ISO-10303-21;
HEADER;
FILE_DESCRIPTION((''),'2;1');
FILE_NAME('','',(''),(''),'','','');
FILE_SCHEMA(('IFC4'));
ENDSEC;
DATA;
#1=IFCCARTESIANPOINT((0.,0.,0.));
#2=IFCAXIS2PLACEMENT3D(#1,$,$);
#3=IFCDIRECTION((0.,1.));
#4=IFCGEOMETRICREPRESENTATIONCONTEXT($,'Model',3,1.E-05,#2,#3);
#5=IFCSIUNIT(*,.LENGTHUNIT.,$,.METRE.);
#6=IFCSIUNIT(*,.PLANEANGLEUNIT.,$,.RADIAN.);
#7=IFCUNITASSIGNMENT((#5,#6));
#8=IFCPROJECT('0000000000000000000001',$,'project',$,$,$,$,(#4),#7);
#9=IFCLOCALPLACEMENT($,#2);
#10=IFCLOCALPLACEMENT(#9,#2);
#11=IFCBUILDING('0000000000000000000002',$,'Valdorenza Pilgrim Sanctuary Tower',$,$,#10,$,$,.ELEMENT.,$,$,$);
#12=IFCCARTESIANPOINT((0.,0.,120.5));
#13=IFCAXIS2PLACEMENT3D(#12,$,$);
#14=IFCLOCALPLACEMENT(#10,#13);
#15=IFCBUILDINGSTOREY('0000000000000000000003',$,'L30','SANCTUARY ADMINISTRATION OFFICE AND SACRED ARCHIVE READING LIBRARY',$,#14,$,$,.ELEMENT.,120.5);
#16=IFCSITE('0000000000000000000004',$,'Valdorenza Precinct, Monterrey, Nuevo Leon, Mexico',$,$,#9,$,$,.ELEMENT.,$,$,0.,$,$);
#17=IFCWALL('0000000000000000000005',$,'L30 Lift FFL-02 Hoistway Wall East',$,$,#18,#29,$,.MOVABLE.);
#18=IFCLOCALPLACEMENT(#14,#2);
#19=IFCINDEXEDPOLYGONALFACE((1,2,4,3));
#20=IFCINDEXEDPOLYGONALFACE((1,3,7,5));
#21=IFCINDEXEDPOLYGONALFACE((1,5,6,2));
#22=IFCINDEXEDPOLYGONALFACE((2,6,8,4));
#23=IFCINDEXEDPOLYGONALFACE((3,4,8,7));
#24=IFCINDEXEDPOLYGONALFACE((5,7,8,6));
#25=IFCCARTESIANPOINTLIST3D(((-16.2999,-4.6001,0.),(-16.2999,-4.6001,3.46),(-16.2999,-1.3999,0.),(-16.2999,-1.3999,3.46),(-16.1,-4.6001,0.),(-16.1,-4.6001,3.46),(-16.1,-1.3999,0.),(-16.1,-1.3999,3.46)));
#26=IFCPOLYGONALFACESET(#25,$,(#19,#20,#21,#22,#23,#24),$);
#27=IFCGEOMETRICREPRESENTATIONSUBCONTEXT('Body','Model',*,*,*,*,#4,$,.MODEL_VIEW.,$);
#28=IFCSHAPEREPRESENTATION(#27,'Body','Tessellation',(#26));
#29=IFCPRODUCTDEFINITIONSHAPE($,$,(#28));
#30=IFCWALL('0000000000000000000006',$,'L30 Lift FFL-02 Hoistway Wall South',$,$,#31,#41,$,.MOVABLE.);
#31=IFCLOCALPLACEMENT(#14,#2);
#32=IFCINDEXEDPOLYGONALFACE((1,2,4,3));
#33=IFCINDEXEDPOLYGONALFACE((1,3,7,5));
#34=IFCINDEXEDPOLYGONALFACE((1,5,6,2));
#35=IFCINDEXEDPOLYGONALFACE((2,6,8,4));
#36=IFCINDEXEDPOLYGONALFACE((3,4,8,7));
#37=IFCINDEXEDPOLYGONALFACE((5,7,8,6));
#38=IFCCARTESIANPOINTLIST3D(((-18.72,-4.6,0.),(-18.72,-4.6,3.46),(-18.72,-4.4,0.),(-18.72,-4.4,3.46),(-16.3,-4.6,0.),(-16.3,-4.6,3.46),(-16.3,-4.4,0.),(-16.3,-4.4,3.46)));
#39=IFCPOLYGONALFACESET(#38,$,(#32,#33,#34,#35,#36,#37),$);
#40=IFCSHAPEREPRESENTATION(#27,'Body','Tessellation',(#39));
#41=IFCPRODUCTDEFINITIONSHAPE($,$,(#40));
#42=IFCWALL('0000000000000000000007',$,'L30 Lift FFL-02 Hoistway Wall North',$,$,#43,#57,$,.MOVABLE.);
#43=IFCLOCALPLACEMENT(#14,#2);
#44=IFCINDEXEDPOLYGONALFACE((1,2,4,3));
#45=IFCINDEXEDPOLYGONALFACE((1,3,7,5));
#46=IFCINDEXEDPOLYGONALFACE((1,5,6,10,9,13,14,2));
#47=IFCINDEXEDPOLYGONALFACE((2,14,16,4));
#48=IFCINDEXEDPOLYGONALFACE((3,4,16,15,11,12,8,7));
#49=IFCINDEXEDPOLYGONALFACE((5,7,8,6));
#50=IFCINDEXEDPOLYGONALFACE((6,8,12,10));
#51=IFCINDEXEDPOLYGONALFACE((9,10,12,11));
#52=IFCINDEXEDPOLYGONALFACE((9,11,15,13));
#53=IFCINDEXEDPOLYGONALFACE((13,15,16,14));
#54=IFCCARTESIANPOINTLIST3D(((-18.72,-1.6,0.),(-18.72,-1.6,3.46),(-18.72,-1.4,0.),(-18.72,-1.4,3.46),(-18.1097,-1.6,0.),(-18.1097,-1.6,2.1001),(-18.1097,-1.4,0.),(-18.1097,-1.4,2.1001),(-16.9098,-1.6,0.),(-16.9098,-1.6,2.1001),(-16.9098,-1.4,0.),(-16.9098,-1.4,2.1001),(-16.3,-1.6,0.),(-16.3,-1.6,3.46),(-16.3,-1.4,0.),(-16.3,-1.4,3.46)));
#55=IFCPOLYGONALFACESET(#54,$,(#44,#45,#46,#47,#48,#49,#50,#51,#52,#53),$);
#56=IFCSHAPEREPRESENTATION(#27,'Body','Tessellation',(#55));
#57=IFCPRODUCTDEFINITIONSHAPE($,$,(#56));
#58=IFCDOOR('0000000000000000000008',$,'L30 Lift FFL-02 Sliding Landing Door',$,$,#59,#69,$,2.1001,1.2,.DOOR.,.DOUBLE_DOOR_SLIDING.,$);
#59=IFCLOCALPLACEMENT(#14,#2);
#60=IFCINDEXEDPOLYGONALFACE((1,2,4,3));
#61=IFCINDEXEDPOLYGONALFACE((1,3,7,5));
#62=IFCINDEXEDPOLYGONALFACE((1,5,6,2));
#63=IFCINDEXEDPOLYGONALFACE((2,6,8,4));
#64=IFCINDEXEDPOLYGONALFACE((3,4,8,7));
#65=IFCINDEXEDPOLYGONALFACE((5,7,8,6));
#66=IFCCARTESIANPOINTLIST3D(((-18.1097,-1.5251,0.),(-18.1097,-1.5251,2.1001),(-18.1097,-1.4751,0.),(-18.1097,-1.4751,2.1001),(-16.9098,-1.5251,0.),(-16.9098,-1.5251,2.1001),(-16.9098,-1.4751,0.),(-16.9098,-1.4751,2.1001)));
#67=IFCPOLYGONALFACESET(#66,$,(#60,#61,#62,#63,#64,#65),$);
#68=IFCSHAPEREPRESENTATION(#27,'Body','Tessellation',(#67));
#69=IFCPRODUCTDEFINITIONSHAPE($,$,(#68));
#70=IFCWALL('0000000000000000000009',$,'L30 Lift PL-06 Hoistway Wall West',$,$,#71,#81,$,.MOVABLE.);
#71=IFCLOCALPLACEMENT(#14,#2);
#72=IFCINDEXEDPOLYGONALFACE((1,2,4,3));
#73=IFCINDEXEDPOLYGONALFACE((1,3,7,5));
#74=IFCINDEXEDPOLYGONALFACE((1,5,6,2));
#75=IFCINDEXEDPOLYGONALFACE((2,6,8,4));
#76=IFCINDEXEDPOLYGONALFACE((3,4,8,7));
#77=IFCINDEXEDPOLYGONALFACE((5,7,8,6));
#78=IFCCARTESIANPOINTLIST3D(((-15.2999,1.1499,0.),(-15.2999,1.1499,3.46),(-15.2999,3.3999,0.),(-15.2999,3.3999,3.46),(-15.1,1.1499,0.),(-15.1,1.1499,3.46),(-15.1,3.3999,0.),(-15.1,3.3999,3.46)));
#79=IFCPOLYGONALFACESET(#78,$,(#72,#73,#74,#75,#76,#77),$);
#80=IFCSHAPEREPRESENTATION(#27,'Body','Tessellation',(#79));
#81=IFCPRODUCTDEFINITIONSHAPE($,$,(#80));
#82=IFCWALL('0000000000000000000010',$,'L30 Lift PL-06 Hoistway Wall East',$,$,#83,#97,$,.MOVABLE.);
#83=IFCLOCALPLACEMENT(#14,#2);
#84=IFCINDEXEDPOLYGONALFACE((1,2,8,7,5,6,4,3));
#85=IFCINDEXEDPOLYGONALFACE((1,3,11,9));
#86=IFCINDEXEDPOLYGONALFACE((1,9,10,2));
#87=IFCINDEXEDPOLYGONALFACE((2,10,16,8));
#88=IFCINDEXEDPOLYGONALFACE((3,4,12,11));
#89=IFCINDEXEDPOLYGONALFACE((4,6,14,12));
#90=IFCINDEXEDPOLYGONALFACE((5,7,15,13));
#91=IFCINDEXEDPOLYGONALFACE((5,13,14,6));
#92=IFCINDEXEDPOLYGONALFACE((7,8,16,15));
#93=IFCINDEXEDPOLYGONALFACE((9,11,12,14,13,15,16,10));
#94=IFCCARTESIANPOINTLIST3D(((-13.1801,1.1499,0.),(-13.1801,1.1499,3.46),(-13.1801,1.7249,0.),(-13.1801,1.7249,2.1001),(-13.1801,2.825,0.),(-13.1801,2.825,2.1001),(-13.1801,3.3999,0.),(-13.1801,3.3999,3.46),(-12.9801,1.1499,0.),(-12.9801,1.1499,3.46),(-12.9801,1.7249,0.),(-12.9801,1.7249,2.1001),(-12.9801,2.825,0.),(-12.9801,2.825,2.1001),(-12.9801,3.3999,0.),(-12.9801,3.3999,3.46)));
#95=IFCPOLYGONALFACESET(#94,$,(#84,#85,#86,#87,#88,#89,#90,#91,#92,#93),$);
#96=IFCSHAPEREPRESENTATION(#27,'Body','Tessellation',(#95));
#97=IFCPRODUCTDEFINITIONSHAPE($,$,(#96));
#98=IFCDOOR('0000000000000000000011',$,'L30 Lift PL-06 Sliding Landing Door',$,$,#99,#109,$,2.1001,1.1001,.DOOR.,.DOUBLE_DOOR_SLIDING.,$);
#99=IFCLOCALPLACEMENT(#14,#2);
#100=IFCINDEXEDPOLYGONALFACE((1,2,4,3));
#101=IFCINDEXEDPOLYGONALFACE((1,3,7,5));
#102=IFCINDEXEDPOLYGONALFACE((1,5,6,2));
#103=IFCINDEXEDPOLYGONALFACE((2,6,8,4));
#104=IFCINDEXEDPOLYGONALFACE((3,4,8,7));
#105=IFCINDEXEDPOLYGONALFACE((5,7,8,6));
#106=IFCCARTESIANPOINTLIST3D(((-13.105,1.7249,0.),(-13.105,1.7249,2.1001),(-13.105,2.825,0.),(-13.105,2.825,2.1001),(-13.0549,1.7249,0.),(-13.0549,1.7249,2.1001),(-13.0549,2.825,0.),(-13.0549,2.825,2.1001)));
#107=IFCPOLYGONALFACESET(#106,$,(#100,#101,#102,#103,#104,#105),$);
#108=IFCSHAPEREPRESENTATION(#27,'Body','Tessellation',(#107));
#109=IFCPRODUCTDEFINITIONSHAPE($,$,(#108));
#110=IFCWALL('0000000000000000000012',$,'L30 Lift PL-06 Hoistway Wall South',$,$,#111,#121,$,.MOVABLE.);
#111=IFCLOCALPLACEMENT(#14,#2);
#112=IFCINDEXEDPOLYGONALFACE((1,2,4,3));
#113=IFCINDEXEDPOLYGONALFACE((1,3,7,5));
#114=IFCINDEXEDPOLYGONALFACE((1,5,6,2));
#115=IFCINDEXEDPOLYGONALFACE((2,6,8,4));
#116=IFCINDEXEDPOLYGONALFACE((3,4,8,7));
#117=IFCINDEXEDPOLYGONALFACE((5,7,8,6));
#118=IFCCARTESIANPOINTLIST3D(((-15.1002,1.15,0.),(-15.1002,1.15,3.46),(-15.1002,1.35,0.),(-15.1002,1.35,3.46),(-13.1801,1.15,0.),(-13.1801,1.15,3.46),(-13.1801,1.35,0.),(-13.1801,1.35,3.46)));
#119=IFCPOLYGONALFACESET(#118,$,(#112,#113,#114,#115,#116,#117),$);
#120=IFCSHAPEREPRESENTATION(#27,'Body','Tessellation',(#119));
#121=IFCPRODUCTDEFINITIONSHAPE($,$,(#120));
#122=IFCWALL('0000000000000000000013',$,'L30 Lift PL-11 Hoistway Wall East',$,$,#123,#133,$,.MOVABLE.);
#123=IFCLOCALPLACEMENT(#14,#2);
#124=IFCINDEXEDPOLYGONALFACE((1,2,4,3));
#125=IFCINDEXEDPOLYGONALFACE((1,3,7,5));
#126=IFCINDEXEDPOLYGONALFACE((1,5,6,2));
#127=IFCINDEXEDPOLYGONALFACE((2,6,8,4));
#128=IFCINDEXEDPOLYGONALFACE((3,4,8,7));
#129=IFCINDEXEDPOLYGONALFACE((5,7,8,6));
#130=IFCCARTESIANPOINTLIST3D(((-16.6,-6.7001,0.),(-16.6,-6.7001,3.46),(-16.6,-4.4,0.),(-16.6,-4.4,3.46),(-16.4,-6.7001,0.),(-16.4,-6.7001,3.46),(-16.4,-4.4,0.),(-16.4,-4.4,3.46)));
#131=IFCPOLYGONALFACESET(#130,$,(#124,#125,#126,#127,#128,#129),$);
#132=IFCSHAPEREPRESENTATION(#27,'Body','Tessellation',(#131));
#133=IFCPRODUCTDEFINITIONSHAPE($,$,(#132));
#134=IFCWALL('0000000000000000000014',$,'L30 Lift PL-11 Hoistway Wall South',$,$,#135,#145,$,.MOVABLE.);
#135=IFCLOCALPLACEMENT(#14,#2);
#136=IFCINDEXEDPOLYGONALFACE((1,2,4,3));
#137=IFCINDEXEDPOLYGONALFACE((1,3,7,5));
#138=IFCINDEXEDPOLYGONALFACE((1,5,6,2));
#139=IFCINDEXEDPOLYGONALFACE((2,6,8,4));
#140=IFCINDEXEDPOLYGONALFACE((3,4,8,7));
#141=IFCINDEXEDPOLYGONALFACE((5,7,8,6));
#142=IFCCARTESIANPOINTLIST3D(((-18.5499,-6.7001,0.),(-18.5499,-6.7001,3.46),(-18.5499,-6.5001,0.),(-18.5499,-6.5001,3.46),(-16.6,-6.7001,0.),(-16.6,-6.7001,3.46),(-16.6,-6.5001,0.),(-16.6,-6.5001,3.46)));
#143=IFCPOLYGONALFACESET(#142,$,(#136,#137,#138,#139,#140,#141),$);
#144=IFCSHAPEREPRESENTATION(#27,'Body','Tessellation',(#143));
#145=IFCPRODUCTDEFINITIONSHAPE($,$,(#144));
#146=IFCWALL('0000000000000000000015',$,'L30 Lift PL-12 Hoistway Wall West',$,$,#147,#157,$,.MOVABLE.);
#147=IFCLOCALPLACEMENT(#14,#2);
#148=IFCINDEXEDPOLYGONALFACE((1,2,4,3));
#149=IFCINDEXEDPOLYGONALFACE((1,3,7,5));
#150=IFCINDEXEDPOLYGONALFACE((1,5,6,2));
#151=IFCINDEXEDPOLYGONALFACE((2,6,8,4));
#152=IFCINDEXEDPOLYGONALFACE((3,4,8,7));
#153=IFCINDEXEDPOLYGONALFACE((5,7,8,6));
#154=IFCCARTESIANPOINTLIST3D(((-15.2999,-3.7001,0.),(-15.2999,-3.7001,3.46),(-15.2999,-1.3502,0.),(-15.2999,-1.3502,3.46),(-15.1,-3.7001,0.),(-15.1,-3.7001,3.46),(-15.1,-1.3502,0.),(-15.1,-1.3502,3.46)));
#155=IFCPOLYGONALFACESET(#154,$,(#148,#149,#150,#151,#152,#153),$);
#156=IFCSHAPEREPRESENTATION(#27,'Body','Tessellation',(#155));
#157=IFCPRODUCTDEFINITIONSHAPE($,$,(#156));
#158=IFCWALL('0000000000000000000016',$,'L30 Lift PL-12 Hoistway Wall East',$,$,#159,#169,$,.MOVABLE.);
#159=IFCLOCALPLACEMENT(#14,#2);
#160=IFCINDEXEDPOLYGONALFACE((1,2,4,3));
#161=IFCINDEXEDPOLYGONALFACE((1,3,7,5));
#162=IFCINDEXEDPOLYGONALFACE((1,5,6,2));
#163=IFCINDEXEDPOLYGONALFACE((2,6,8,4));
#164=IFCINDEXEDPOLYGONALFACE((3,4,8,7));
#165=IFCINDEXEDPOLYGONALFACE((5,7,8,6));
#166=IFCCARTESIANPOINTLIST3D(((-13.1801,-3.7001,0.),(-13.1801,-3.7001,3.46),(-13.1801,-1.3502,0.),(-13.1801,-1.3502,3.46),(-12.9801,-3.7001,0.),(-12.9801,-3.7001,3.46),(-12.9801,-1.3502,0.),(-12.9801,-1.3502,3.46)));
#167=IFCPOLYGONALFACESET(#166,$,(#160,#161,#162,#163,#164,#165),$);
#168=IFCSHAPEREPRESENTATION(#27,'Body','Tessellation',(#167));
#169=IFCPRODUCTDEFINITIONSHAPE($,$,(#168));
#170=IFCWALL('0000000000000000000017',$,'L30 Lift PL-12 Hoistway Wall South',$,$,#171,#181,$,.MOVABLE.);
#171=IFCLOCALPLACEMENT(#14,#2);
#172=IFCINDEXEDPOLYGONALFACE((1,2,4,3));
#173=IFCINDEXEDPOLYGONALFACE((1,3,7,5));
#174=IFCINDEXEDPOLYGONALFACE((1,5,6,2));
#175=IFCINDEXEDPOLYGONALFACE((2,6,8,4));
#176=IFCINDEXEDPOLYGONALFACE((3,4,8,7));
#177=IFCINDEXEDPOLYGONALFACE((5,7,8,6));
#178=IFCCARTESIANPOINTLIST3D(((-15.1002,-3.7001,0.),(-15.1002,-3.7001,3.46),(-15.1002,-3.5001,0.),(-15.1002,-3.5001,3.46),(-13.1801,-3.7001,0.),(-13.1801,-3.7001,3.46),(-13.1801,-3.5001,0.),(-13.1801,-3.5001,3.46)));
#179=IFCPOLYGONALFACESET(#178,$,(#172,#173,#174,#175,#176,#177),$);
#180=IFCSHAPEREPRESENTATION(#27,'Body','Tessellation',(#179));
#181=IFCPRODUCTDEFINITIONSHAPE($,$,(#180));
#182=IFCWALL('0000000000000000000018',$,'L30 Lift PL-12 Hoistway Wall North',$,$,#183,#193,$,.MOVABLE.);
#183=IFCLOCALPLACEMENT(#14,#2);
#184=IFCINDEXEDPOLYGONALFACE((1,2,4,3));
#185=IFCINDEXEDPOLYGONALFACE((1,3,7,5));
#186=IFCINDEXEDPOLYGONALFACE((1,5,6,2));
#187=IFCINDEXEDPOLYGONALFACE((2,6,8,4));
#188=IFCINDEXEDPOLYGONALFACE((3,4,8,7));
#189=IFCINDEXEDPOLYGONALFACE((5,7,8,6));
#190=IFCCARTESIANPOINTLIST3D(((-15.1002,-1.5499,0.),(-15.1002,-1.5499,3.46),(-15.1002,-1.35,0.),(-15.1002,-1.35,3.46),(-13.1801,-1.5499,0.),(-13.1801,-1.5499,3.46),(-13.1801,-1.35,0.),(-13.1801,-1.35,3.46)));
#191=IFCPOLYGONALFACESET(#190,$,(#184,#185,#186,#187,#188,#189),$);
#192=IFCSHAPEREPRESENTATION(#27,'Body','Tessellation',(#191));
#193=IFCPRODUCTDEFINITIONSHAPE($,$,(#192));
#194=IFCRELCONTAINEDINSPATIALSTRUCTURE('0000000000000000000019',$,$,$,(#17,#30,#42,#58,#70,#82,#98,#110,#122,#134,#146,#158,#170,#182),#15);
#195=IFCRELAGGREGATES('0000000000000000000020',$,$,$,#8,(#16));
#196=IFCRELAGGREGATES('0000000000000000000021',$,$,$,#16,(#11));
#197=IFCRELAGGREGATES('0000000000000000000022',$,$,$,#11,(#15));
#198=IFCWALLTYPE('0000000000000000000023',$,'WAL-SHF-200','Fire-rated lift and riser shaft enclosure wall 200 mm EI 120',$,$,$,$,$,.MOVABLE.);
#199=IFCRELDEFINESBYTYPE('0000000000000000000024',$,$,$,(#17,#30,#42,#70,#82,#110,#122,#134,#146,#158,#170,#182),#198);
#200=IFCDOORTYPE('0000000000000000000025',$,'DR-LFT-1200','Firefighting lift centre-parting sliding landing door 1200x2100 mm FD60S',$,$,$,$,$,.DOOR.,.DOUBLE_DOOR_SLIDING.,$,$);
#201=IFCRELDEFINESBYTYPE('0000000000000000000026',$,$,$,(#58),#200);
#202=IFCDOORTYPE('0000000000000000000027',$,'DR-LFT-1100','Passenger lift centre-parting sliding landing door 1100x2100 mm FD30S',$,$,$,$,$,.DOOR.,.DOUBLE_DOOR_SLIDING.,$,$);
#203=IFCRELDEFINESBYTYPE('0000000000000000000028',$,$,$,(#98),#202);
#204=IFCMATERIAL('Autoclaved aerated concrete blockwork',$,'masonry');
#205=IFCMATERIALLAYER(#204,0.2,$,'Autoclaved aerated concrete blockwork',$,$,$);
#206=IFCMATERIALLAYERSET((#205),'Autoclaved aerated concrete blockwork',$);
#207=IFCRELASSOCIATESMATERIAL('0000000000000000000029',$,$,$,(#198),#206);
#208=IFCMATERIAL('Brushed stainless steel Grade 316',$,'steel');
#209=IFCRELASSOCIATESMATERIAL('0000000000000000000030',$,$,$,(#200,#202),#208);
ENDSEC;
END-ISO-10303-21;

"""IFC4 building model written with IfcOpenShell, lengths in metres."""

from ifc_helpers import new_model, si_unit, direction, frame, frame_2d, origin, place, context, subcontext, project, spatial, rectangle, extrude, material, layer, layer_set, type_object, element, fill, save


model = new_model("IFC4")

# Units and contexts
model_context = context("Model", 3, precision=1e-05, world=origin(), true_north=direction((0.0, 1.0)))
body_context = subcontext(model_context, "Body", "Model", "MODEL_VIEW")
ifc_project = project(units=[si_unit("LENGTHUNIT", "METRE"), si_unit("PLANEANGLEUNIT", "RADIAN")], contexts=[model_context])

# Site, building, storey
site_placement = place(None, origin())
site = spatial("IfcSite", under=ifc_project, at=site_placement, Name="Valdorenza Precinct, Monterrey, Nuevo Leon, Mexico", CompositionType="ELEMENT", RefElevation=0.0)
building_placement = place(site_placement, origin())
building = spatial("IfcBuilding", under=site, at=building_placement, Name="Valdorenza Pilgrim Sanctuary Tower", CompositionType="ELEMENT")
storey_placement = place(building_placement, frame((0.0, 0.0, 120.5)))
storey = spatial("IfcBuildingStorey", under=building, at=storey_placement, Name="L30", Description="SANCTUARY ADMINISTRATION OFFICE AND SACRED ARCHIVE READING LIBRARY", CompositionType="ELEMENT", Elevation=120.5)

# Shared definitions
ifc_material_1 = material(Name="Autoclaved aerated concrete blockwork", Category="masonry")
ifc_layer_1 = layer(ifc_material_1, 0.2, Name="Autoclaved aerated concrete blockwork")
ifc_layer_set_1 = layer_set([ifc_layer_1], Name="Autoclaved aerated concrete blockwork")
wall_type_1 = type_object("IfcWallType", Name="WAL-SHF-200", Description="Fire-rated lift and riser shaft enclosure wall 200 mm EI 120", PredefinedType="MOVABLE", material=ifc_layer_set_1)

# Shared definitions
ifc_material_2 = material(Name="Brushed stainless steel Grade 316", Category="steel")
door_type_1 = type_object("IfcDoorType", Name="DR-LFT-1200", Description="Firefighting lift centre-parting sliding landing door 1200x2100 mm FD60S", OperationType="DOUBLE_DOOR_SLIDING", PredefinedType="DOOR", material=ifc_material_2)

# Walls
wall_1_placement = place(storey_placement, frame((-16.2, -4.6001, 0.0), z_axis=(0.0, 0.0, 1.0), x_axis=(0.0, 1.0, 0.0)))
element("IfcWall", 1, at=wall_1_placement, inside=storey, type_object=wall_type_1, Name="L30 Lift FFL-02 Hoistway Wall East", PredefinedType="MOVABLE", context=body_context, shape_type="SweptSolid", body=[
    extrude(rectangle(XDim=3.2002, YDim=0.2, at=frame_2d((1.6001, 0.0))), origin(), (0.0, 0.0, 1.0), 3.46),
])
wall_2_placement = place(storey_placement, frame((-18.72, -4.5, 0.0), z_axis=(0.0, 0.0, 1.0), x_axis=(1.0, 0.0, 0.0)))
element("IfcWall", 2, at=wall_2_placement, inside=storey, type_object=wall_type_1, Name="L30 Lift FFL-02 Hoistway Wall South", PredefinedType="MOVABLE", context=body_context, shape_type="SweptSolid", body=[
    extrude(rectangle(XDim=2.4199, YDim=0.2, at=frame_2d((1.21, 0.0))), origin(), (0.0, 0.0, 1.0), 3.46),
])

# Wall, opening, door
wall_3_placement = place(storey_placement, frame((-18.72, -1.5, 0.0), z_axis=(0.0, 0.0, 1.0), x_axis=(1.0, 0.0, 0.0)))
wall_3 = element("IfcWall", 3, at=wall_3_placement, inside=storey, type_object=wall_type_1, Name="L30 Lift FFL-02 Hoistway Wall North", PredefinedType="MOVABLE", context=body_context, shape_type="SweptSolid", body=[
    extrude(rectangle(XDim=2.4199, YDim=0.2, at=frame_2d((1.21, 0.0))), origin(), (0.0, 0.0, 1.0), 3.46),
])
opening_1_placement = place(wall_3_placement, frame((0.6101, 0.0, 0.0)))
opening_1 = element("IfcOpeningElement", 4, at=opening_1_placement, cuts=wall_3, PredefinedType="OPENING", context=body_context, shape_type="SweptSolid", body=[
    extrude(rectangle(XDim=1.2, YDim=2.1001, at=frame_2d((0.6001, 1.05))), frame((0.0, 0.1147, 0.0), z_axis=(0.0, -1.0, 0.0), x_axis=(1.0, 0.0, 0.0)), (0.0, 0.0, 1.0), 0.2297),
])
door_1_placement = place(opening_1_placement, origin())
door_1 = element("IfcDoor", 5, at=door_1_placement, inside=storey, type_object=door_type_1, Name="L30 Lift FFL-02 Sliding Landing Door", OperationType="DOUBLE_DOOR_SLIDING", OverallHeight=2.1001, OverallWidth=1.2, PredefinedType="DOOR", context=body_context, shape_type="SweptSolid", body=[
    extrude(rectangle(XDim=1.2, YDim=2.1001, at=frame_2d((0.6001, 1.05))), frame((0.0, 0.0249, 0.0), z_axis=(0.0, -1.0, 0.0), x_axis=(1.0, 0.0, 0.0)), (0.0, 0.0, 1.0), 0.05),
])
fill(opening_1, door_1)

# Wall
wall_4_placement = place(storey_placement, frame((-15.2, 1.1499, 0.0), z_axis=(0.0, 0.0, 1.0), x_axis=(0.0, 1.0, 0.0)))
element("IfcWall", 6, at=wall_4_placement, inside=storey, type_object=wall_type_1, Name="L30 Lift PL-06 Hoistway Wall West", PredefinedType="MOVABLE", context=body_context, shape_type="SweptSolid", body=[
    extrude(rectangle(XDim=2.25, YDim=0.2, at=frame_2d((1.125, 0.0))), origin(), (0.0, 0.0, 1.0), 3.46),
])

# Wall, opening, door
wall_5_placement = place(storey_placement, frame((-13.0801, 1.1499, 0.0), z_axis=(0.0, 0.0, 1.0), x_axis=(0.0, 1.0, 0.0)))
wall_5 = element("IfcWall", 7, at=wall_5_placement, inside=storey, type_object=wall_type_1, Name="L30 Lift PL-06 Hoistway Wall East", PredefinedType="MOVABLE", context=body_context, shape_type="SweptSolid", body=[
    extrude(rectangle(XDim=2.25, YDim=0.2, at=frame_2d((1.125, 0.0))), origin(), (0.0, 0.0, 1.0), 3.46),
])
opening_2_placement = place(wall_5_placement, frame((0.575, 0.0, 0.0)))
opening_2 = element("IfcOpeningElement", 8, at=opening_2_placement, cuts=wall_5, PredefinedType="OPENING", context=body_context, shape_type="SweptSolid", body=[
    extrude(rectangle(XDim=1.1001, YDim=2.1001, at=frame_2d((0.55, 1.05))), frame((0.0, 0.1147, 0.0), z_axis=(0.0, -1.0, 0.0), x_axis=(1.0, 0.0, 0.0)), (0.0, 0.0, 1.0), 0.2297),
])
door_type_2 = type_object("IfcDoorType", Name="DR-LFT-1100", Description="Passenger lift centre-parting sliding landing door 1100x2100 mm FD30S", OperationType="DOUBLE_DOOR_SLIDING", PredefinedType="DOOR", material=ifc_material_2)
door_2_placement = place(opening_2_placement, origin())
door_2 = element("IfcDoor", 9, at=door_2_placement, inside=storey, type_object=door_type_2, Name="L30 Lift PL-06 Sliding Landing Door", OperationType="DOUBLE_DOOR_SLIDING", OverallHeight=2.1001, OverallWidth=1.1001, PredefinedType="DOOR", context=body_context, shape_type="SweptSolid", body=[
    extrude(rectangle(XDim=1.1001, YDim=2.1001, at=frame_2d((0.55, 1.05))), frame((0.0, 0.0249, 0.0), z_axis=(0.0, -1.0, 0.0), x_axis=(1.0, 0.0, 0.0)), (0.0, 0.0, 1.0), 0.05),
])
fill(opening_2, door_2)

# Walls
wall_6_placement = place(storey_placement, frame((-15.1001, 1.25, 0.0), z_axis=(0.0, 0.0, 1.0), x_axis=(1.0, 0.0, 0.0)))
element("IfcWall", 10, at=wall_6_placement, inside=storey, type_object=wall_type_1, Name="L30 Lift PL-06 Hoistway Wall South", PredefinedType="MOVABLE", context=body_context, shape_type="SweptSolid", body=[
    extrude(rectangle(XDim=1.9202, YDim=0.2, at=frame_2d((0.96, 0.0))), origin(), (0.0, 0.0, 1.0), 3.46),
])
wall_7_placement = place(storey_placement, frame((-16.5, -6.7, 0.0), z_axis=(0.0, 0.0, 1.0), x_axis=(0.0, 1.0, 0.0)))
element("IfcWall", 11, at=wall_7_placement, inside=storey, type_object=wall_type_1, Name="L30 Lift PL-11 Hoistway Wall East", PredefinedType="MOVABLE", context=body_context, shape_type="SweptSolid", body=[
    extrude(rectangle(XDim=2.3, YDim=0.2, at=frame_2d((1.1499, 0.0))), origin(), (0.0, 0.0, 1.0), 3.46),
])
wall_8_placement = place(storey_placement, frame((-18.55, -6.6001, 0.0), z_axis=(0.0, 0.0, 1.0), x_axis=(1.0, 0.0, 0.0)))
element("IfcWall", 12, at=wall_8_placement, inside=storey, type_object=wall_type_1, Name="L30 Lift PL-11 Hoistway Wall South", PredefinedType="MOVABLE", context=body_context, shape_type="SweptSolid", body=[
    extrude(rectangle(XDim=1.95, YDim=0.2, at=frame_2d((0.9751, 0.0))), origin(), (0.0, 0.0, 1.0), 3.46),
])
for number, where, z_axis, x_axis, name in (
    (13, (-15.2, -3.7, 0.0), (0.0, 0.0, 1.0), (0.0, 1.0, 0.0), "L30 Lift PL-12 Hoistway Wall West"),
    (14, (-13.0801, -3.7, 0.0), (0.0, 0.0, 1.0), (0.0, 1.0, 0.0), "L30 Lift PL-12 Hoistway Wall East"),
):
    element("IfcWall", number, at=place(storey_placement, frame(where, z_axis=z_axis, x_axis=x_axis)), inside=storey, type_object=wall_type_1, Name=name, PredefinedType="MOVABLE", context=body_context, shape_type="SweptSolid", body=[
        extrude(rectangle(XDim=2.3499, YDim=0.2, at=frame_2d((1.1748, 0.0))), origin(), (0.0, 0.0, 1.0), 3.46),
    ])
for number, where, z_axis, x_axis, name in (
    (15, (-15.1001, -3.6001, 0.0), (0.0, 0.0, 1.0), (1.0, 0.0, 0.0), "L30 Lift PL-12 Hoistway Wall South"),
    (16, (-15.1001, -1.45, 0.0), (0.0, 0.0, 1.0), (1.0, 0.0, 0.0), "L30 Lift PL-12 Hoistway Wall North"),
):
    element("IfcWall", number, at=place(storey_placement, frame(where, z_axis=z_axis, x_axis=x_axis)), inside=storey, type_object=wall_type_1, Name=name, PredefinedType="MOVABLE", context=body_context, shape_type="SweptSolid", body=[
        extrude(rectangle(XDim=1.9202, YDim=0.2, at=frame_2d((0.96, 0.0))), origin(), (0.0, 0.0, 1.0), 3.46),
    ])

save(model, "model.ifc")
